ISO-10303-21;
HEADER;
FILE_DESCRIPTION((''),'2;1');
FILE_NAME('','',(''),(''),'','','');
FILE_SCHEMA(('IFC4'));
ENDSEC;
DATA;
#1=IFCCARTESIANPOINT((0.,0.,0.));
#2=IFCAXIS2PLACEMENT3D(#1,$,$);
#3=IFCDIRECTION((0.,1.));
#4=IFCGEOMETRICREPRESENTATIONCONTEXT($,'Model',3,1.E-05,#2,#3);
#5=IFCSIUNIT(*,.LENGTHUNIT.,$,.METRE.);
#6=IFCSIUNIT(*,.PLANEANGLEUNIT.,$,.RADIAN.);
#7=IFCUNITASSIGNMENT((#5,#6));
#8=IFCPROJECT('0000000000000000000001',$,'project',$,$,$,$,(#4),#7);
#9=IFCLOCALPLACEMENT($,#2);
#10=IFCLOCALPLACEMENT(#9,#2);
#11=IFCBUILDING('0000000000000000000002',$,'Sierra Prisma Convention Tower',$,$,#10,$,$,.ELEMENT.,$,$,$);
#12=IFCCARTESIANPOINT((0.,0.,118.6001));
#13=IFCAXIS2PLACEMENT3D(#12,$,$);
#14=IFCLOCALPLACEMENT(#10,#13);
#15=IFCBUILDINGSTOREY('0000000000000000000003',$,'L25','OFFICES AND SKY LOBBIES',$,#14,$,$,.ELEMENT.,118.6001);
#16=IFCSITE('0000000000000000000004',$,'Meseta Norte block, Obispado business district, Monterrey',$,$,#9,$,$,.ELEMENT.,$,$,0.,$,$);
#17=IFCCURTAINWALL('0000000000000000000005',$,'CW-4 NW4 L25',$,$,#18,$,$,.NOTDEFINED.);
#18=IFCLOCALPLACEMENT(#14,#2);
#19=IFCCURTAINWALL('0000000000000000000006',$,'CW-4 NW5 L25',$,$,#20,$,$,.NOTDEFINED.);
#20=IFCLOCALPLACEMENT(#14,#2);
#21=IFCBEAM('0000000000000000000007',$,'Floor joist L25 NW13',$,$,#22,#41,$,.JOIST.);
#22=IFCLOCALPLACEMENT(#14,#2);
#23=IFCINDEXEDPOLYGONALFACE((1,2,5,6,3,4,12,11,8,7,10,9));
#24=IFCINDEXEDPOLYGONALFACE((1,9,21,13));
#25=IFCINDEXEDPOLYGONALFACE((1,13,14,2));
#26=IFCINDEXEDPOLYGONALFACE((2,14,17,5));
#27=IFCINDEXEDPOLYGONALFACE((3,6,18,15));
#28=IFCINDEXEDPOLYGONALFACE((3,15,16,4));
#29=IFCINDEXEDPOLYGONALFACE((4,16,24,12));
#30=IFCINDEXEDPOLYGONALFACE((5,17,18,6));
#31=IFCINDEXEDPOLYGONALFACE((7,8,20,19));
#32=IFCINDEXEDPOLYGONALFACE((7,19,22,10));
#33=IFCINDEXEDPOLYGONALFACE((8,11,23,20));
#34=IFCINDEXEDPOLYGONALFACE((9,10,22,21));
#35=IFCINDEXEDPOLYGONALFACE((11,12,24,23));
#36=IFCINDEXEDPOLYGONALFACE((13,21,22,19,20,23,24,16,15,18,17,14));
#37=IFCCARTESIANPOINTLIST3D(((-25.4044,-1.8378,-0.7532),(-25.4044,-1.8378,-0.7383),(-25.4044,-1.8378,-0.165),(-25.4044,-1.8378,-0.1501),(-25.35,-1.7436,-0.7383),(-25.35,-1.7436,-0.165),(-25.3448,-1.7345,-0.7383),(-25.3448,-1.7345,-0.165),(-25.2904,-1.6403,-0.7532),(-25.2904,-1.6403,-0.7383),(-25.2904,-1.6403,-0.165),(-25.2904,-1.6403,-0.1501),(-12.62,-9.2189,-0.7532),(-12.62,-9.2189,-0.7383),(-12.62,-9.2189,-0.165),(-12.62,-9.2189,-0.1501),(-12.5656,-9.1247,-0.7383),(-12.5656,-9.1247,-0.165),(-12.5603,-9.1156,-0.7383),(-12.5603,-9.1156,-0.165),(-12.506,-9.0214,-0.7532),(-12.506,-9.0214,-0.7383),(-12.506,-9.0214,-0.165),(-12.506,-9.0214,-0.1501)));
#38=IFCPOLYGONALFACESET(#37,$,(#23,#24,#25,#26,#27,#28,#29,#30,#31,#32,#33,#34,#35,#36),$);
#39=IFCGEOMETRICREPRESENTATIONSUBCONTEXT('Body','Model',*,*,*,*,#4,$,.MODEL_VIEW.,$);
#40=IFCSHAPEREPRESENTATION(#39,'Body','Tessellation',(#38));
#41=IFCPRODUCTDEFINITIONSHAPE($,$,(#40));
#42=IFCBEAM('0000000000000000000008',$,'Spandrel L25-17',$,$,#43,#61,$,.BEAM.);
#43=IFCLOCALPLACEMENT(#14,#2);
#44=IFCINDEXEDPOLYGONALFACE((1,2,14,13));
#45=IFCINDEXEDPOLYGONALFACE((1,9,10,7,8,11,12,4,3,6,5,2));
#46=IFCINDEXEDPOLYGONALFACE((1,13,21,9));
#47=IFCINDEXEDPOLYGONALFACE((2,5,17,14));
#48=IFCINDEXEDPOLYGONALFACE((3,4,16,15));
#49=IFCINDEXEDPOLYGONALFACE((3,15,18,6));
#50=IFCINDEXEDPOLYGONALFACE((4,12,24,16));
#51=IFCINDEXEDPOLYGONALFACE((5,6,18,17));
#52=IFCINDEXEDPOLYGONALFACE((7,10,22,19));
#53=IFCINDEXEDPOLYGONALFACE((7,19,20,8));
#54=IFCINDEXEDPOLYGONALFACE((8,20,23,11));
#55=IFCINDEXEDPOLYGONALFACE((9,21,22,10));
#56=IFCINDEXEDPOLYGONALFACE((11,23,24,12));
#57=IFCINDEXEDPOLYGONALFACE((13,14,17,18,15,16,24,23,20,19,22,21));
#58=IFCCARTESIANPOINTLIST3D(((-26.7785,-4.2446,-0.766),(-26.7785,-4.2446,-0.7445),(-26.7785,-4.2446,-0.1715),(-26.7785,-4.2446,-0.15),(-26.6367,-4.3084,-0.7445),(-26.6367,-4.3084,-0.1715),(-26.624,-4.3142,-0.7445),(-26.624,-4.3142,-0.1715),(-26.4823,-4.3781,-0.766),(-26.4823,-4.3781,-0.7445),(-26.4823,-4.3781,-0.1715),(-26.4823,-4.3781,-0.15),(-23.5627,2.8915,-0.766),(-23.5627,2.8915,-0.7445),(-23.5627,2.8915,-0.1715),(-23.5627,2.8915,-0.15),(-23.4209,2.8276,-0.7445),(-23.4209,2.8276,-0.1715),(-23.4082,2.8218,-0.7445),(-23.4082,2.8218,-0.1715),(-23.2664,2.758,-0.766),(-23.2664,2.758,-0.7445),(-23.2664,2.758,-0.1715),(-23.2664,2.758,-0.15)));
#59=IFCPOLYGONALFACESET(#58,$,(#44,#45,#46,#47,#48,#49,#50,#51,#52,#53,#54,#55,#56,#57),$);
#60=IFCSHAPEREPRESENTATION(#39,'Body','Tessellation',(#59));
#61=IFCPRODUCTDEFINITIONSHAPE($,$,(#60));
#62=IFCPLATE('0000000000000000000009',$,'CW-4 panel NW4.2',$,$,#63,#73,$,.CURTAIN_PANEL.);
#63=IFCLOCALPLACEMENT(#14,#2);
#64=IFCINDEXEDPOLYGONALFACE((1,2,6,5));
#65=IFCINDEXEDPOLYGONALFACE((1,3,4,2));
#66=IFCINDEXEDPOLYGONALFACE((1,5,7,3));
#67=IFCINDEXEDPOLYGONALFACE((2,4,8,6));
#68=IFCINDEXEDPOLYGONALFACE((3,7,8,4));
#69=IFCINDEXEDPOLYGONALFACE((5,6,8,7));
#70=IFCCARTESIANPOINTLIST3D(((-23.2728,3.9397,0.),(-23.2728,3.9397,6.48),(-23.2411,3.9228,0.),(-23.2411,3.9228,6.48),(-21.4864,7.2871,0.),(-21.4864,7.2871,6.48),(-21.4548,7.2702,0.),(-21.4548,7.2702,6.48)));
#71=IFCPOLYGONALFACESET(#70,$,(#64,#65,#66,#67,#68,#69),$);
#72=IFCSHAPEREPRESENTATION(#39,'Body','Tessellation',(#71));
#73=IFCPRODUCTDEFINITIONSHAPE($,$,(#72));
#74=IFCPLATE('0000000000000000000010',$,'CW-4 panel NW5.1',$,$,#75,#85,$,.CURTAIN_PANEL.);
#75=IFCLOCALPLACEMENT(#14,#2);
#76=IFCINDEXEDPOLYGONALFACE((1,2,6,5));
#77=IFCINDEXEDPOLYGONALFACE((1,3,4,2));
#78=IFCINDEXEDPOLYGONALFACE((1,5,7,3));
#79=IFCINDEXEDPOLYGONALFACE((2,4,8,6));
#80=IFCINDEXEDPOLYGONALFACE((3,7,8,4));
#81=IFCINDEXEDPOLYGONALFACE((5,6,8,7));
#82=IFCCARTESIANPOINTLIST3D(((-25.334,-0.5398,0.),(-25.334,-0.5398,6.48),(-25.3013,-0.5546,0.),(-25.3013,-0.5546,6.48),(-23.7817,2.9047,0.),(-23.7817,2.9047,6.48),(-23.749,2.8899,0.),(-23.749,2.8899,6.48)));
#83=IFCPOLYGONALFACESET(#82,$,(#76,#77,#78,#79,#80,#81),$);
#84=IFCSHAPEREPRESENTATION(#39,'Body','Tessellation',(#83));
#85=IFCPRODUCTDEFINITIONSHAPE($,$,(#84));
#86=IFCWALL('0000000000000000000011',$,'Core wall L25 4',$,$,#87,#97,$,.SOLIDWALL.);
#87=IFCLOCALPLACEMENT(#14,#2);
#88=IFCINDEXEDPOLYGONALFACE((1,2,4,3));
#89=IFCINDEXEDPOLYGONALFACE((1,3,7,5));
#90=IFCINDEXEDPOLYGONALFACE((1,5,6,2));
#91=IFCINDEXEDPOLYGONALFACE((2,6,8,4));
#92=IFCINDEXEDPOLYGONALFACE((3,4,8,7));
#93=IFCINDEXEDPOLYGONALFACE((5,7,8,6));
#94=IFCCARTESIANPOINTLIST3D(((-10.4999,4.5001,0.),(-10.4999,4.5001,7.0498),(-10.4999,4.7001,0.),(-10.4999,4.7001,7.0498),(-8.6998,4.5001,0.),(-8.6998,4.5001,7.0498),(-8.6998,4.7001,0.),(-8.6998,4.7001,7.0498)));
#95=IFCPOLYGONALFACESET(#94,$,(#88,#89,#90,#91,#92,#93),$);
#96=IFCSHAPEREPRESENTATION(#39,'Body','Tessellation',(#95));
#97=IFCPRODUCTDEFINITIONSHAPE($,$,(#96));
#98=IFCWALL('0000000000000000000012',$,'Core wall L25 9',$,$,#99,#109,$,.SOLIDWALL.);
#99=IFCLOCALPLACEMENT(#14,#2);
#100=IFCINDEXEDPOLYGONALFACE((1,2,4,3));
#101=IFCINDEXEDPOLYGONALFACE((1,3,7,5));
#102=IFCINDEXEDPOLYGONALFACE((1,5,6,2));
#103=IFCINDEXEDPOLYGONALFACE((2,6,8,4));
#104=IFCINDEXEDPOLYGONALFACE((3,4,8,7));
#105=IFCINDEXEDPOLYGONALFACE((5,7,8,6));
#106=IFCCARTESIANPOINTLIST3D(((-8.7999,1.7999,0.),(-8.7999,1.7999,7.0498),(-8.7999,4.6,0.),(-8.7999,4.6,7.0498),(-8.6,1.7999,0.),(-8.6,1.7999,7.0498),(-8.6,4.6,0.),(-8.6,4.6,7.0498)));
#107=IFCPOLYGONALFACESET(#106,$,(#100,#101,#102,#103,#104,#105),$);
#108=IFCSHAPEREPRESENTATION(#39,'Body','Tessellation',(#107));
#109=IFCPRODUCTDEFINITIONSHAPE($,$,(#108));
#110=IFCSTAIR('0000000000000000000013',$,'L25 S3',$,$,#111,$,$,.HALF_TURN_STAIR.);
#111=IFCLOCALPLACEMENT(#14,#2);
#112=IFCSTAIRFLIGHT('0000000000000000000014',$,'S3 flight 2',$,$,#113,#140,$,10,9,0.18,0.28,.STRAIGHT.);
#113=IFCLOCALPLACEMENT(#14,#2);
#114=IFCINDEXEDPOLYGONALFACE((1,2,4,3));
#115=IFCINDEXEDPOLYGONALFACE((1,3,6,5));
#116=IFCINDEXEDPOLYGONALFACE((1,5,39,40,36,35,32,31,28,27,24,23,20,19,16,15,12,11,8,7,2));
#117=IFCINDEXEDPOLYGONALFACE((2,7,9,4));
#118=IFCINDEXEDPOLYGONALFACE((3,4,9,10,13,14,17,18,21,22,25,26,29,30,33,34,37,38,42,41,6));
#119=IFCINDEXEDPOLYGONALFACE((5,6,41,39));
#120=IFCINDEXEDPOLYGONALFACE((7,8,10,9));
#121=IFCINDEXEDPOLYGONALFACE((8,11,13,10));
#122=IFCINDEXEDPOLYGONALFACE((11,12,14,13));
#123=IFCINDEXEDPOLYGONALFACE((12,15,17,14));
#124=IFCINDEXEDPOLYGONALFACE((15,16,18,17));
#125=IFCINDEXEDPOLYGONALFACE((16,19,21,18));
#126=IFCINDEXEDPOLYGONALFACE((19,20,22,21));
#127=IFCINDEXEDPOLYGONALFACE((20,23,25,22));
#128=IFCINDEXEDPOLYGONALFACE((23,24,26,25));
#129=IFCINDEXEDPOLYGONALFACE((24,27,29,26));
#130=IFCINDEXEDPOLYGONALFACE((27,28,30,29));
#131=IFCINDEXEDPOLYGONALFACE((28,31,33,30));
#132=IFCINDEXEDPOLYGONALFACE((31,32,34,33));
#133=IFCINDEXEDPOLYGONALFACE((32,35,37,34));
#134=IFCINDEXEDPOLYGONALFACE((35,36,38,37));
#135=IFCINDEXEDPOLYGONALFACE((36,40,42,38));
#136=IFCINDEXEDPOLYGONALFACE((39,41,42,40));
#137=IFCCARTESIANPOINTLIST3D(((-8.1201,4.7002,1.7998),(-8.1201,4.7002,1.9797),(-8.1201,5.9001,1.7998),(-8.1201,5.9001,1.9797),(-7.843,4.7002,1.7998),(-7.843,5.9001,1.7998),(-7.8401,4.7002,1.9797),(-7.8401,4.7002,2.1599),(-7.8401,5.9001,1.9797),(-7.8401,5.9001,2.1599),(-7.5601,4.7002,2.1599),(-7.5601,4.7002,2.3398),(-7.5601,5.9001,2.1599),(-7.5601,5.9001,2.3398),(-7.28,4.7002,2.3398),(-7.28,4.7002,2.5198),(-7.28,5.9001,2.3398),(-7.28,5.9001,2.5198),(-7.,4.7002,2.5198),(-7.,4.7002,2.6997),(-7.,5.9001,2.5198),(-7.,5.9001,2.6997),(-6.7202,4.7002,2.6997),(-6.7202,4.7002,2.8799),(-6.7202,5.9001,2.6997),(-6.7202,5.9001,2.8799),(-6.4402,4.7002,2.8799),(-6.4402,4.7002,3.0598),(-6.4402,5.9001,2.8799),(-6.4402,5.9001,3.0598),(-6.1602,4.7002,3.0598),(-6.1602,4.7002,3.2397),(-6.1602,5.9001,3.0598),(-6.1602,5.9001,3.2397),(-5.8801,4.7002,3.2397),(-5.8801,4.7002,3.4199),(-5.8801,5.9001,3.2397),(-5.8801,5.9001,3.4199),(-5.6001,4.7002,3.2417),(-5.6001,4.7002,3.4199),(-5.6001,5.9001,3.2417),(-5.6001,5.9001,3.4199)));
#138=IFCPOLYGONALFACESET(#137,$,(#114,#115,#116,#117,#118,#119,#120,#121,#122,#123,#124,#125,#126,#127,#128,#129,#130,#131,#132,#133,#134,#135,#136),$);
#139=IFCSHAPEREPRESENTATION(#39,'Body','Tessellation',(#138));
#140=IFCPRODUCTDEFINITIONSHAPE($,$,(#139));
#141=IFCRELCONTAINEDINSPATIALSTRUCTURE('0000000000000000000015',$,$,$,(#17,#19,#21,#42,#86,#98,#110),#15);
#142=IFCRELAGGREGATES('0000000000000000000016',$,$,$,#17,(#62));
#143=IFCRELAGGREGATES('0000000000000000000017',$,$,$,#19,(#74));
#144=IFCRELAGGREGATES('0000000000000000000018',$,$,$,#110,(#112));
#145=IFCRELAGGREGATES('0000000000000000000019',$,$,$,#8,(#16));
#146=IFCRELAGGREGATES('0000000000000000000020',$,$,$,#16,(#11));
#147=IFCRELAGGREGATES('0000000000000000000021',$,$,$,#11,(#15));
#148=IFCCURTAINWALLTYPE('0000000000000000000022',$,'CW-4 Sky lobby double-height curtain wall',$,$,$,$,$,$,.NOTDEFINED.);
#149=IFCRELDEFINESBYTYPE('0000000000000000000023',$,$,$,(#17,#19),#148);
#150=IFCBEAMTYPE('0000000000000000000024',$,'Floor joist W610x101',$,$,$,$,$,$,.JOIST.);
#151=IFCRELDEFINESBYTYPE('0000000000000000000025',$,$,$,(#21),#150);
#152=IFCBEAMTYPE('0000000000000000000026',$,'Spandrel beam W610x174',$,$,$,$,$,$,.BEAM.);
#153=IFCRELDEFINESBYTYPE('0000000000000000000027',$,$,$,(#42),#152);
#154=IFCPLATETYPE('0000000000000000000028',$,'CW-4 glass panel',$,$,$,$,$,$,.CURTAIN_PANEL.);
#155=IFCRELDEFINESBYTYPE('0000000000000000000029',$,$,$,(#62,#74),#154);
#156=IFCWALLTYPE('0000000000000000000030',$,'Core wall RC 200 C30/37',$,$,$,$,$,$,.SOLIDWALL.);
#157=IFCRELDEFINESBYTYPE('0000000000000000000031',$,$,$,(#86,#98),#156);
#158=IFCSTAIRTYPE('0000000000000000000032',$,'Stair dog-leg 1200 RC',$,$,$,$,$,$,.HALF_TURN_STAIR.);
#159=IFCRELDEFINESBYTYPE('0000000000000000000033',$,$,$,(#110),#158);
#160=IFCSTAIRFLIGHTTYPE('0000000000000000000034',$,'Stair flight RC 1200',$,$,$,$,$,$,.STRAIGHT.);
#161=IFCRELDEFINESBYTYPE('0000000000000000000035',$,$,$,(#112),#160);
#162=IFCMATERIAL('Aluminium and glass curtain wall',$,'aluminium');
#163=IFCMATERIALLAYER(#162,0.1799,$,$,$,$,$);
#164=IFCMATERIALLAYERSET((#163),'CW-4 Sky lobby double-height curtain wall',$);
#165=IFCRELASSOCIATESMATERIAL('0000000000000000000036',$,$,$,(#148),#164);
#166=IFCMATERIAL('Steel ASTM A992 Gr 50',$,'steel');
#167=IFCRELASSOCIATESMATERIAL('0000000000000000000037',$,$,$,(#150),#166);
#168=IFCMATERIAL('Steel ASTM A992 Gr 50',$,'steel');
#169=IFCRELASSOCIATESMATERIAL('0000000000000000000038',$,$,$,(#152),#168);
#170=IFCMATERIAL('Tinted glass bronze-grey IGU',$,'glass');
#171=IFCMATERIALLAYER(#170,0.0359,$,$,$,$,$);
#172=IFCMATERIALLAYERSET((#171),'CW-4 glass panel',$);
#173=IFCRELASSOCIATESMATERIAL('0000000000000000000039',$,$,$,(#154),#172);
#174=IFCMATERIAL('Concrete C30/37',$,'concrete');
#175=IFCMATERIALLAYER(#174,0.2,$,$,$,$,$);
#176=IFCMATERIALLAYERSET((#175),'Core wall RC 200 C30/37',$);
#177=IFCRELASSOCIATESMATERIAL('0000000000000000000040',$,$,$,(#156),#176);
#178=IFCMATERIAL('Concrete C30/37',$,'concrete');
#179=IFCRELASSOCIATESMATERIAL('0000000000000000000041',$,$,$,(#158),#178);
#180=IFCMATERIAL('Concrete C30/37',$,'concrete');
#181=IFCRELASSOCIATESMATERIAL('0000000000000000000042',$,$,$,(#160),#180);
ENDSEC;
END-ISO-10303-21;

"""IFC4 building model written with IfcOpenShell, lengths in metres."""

from ifc_helpers import new_model, si_unit, direction, frame, frame_2d, origin, origin_2d, place, context, subcontext, project, spatial, polyline, rectangle, i_section, outline, extrude, material, layer, layer_set, material_profile, profile_set, type_object, element, aggregate, save


model = new_model("IFC4")

# Units and contexts
model_context = context("Model", 3, precision=1e-05, world=origin(), true_north=direction((0.0, 1.0)))
body_context = subcontext(model_context, "Body", "Model", "MODEL_VIEW")
ifc_project = project(units=[si_unit("LENGTHUNIT", "METRE"), si_unit("PLANEANGLEUNIT", "RADIAN")], contexts=[model_context])

# Site, building, storey
site_placement = place(None, origin())
site = spatial("IfcSite", under=ifc_project, at=site_placement, Name="Meseta Norte block, Obispado business district, Monterrey", CompositionType="ELEMENT", RefElevation=0.0)
building_placement = place(site_placement, origin())
building = spatial("IfcBuilding", under=site, at=building_placement, Name="Sierra Prisma Convention Tower", CompositionType="ELEMENT")
storey_placement = place(building_placement, frame((0.0, 0.0, 118.6001)))
storey = spatial("IfcBuildingStorey", under=building, at=storey_placement, Name="L25", Description="OFFICES AND SKY LOBBIES", CompositionType="ELEMENT", Elevation=118.6001)

# Curtain wall
ifc_material_1 = material(Name="Aluminium and glass curtain wall", Category="aluminium")
ifc_layer_1 = layer(ifc_material_1, 0.1799)
ifc_layer_set_1 = layer_set([ifc_layer_1], Name="CW-4 Sky lobby double-height curtain wall")
curtain_wall_type = type_object("IfcCurtainWallType", Name="CW-4 Sky lobby double-height curtain wall", PredefinedType="NOTDEFINED", material=ifc_layer_set_1)
curtain_wall_1_placement = place(storey_placement, origin())
curtain_wall_1 = element("IfcCurtainWall", 1, at=curtain_wall_1_placement, inside=storey, type_object=curtain_wall_type, Name="CW-4 NW4 L25", PredefinedType="NOTDEFINED")

# Curtain wall
curtain_wall_2_placement = place(storey_placement, origin())
curtain_wall_2 = element("IfcCurtainWall", 2, at=curtain_wall_2_placement, inside=storey, type_object=curtain_wall_type, Name="CW-4 NW5 L25", PredefinedType="NOTDEFINED")

# Beams
ifc_material_2 = material(Name="Steel ASTM A992 Gr 50", Category="steel")
ifc_material_profile_1 = material_profile(ifc_material_2, i_section(OverallWidth=0.228, OverallDepth=0.603, WebThickness=0.0105, FlangeThickness=0.0149, at=origin_2d()), Name="W610x101")
ifc_profile_set_1 = profile_set([ifc_material_profile_1], Name="Steel ASTM A992 Gr 50")
beam_type_1 = type_object("IfcBeamType", Name="Floor joist W610x101", PredefinedType="JOIST", material=ifc_profile_set_1)
beam_1_placement = place(storey_placement, frame((-25.3474, -1.739, -0.4517), z_axis=(0.866025, -0.500001, 0.0), x_axis=(0.500001, 0.866025, 0.0)))
element("IfcBeam", 3, at=beam_1_placement, inside=storey, type_object=beam_type_1, Name="Floor joist L25 NW13", PredefinedType="JOIST", context=body_context, shape_type="SweptSolid", body=[
    extrude(i_section(OverallWidth=0.228, OverallDepth=0.603, WebThickness=0.0105, FlangeThickness=0.0149, at=origin_2d()), origin(), (0.0, 0.0, 1.0), 14.7622),
])
ifc_material_3 = material(Name="Steel ASTM A992 Gr 50", Category="steel")
ifc_material_profile_2 = material_profile(ifc_material_3, i_section(OverallWidth=0.325, OverallDepth=0.616, WebThickness=0.0139, FlangeThickness=0.0215, at=origin_2d()), Name="W610x174")
ifc_profile_set_2 = profile_set([ifc_material_profile_2], Name="Steel ASTM A992 Gr 50")
beam_type_2 = type_object("IfcBeamType", Name="Spandrel beam W610x174", PredefinedType="BEAM", material=ifc_profile_set_2)
beam_2_placement = place(storey_placement, frame((-23.4146, 2.8247, -0.458), z_axis=(-0.410856, -0.9117, 0.0), x_axis=(0.9117, -0.410856, 0.0)))
element("IfcBeam", 4, at=beam_2_placement, inside=storey, type_object=beam_type_2, Name="Spandrel L25-17", PredefinedType="BEAM", context=body_context, shape_type="SweptSolid", body=[
    extrude(i_section(OverallWidth=0.325, OverallDepth=0.616, WebThickness=0.0139, FlangeThickness=0.0215, at=origin_2d()), origin(), (0.0, 0.0, 1.0), 7.8271),
])

# Plates
ifc_material_4 = material(Name="Tinted glass bronze-grey IGU", Category="glass")
ifc_layer_2 = layer(ifc_material_4, 0.0359)
ifc_layer_set_2 = layer_set([ifc_layer_2], Name="CW-4 glass panel")
plate_type = type_object("IfcPlateType", Name="CW-4 glass panel", PredefinedType="CURTAIN_PANEL", material=ifc_layer_set_2)
plate_1_placement = place(storey_placement, frame((-22.3638, 5.605, 0.0), z_axis=(0.0, 0.0, 1.0), x_axis=(-0.4708, -0.88224, 0.0)))
plate_1 = element("IfcPlate", 5, at=plate_1_placement, type_object=plate_type, Name="CW-4 panel NW4.2", PredefinedType="CURTAIN_PANEL", context=body_context, shape_type="SweptSolid", body=[
    extrude(rectangle(XDim=3.7942, YDim=0.0359, at=origin_2d()), origin(), (0.0, 0.0, 1.0), 6.48),
])
aggregate(curtain_wall_1, [plate_1])
plate_2_placement = place(storey_placement, frame((-24.5415, 1.175, 0.0), z_axis=(0.0, 0.0, 1.0), x_axis=(-0.410857, -0.9117, 0.0)))
plate_2 = element("IfcPlate", 6, at=plate_2_placement, type_object=plate_type, Name="CW-4 panel NW5.1", PredefinedType="CURTAIN_PANEL", context=body_context, shape_type="SweptSolid", body=[
    extrude(rectangle(XDim=3.7781, YDim=0.0359, at=origin_2d()), origin(), (0.0, 0.0, 1.0), 6.48),
])
aggregate(curtain_wall_2, [plate_2])

# Shared definitions
ifc_material_5 = material(Name="Concrete C30/37", Category="concrete")
ifc_layer_3 = layer(ifc_material_5, 0.2)
ifc_layer_set_3 = layer_set([ifc_layer_3], Name="Core wall RC 200 C30/37")
wall_type = type_object("IfcWallType", Name="Core wall RC 200 C30/37", PredefinedType="SOLIDWALL", material=ifc_layer_set_3)

# Wall
wall_1_placement = place(storey_placement, frame((-8.7, 4.6001, 0.0), z_axis=(0.0, 0.0, 1.0), x_axis=(-1.0, 0.0, 0.0)))
element("IfcWall", 7, at=wall_1_placement, inside=storey, type_object=wall_type, Name="Core wall L25 4", PredefinedType="SOLIDWALL", context=body_context, shape_type="SweptSolid", body=[
    extrude(rectangle(XDim=1.8, YDim=0.2, at=frame_2d((0.8999, 0.0))), origin(), (0.0, 0.0, 1.0), 7.0498),
])

# Wall
wall_2_placement = place(storey_placement, frame((-8.7, 1.8, 0.0), z_axis=(0.0, 0.0, 1.0), x_axis=(0.0, 1.0, 0.0)))
element("IfcWall", 8, at=wall_2_placement, inside=storey, type_object=wall_type, Name="Core wall L25 9", PredefinedType="SOLIDWALL", context=body_context, shape_type="SweptSolid", body=[
    extrude(rectangle(XDim=2.8, YDim=0.2, at=frame_2d((1.3999, 0.0))), origin(), (0.0, 0.0, 1.0), 7.0498),
])

# Stair, stair flight
ifc_material_6 = material(Name="Concrete C30/37", Category="concrete")
stair_type = type_object("IfcStairType", Name="Stair dog-leg 1200 RC", PredefinedType="HALF_TURN_STAIR", material=ifc_material_6)
stair_placement = place(storey_placement, origin())
stair = element("IfcStair", 9, at=stair_placement, inside=storey, type_object=stair_type, Name="L25 S3", PredefinedType="HALF_TURN_STAIR")
ifc_material_7 = material(Name="Concrete C30/37", Category="concrete")
stair_flight_type = type_object("IfcStairFlightType", Name="Stair flight RC 1200", PredefinedType="STRAIGHT", material=ifc_material_7)
stair_flight_placement = place(storey_placement, frame((-8.1201, 5.3, 1.7998), z_axis=(0.0, 0.0, 1.0), x_axis=(1.0, 0.0, 0.0)))
stair_flight = element("IfcStairFlight", 10, at=stair_flight_placement, type_object=stair_flight_type, Name="S3 flight 2", NumberOfRisers=10, NumberOfTreads=9, PredefinedType="STRAIGHT", RiserHeight=0.18, TreadLength=0.28, context=body_context, shape_type="SweptSolid", body=[
    extrude(outline(polyline([(0.0, 0.0), (0.0, 0.1799), (0.28, 0.1799), (0.28, 0.3601), (0.5601, 0.3601), (0.5601, 0.54), (0.8401, 0.54), (0.8401, 0.72), (1.1201, 0.72), (1.1201, 0.8999), (1.3999, 0.8999), (1.3999, 1.0801), (1.6799, 1.0801), (1.6799, 1.26), (1.96, 1.26), (1.96, 1.4399), (2.24, 1.4399), (2.24, 1.6201), (2.52, 1.6201), (2.52, 1.8), (2.52, 1.4419), (0.2771, 0.0), (0.0, 0.0)])), frame((0.0, 0.6001, 0.0), z_axis=(0.0, -1.0, 0.0), x_axis=(1.0, 0.0, 0.0)), (0.0, 0.0, 1.0), 1.2),
])
aggregate(stair, [stair_flight])

save(model, "model.ifc")
